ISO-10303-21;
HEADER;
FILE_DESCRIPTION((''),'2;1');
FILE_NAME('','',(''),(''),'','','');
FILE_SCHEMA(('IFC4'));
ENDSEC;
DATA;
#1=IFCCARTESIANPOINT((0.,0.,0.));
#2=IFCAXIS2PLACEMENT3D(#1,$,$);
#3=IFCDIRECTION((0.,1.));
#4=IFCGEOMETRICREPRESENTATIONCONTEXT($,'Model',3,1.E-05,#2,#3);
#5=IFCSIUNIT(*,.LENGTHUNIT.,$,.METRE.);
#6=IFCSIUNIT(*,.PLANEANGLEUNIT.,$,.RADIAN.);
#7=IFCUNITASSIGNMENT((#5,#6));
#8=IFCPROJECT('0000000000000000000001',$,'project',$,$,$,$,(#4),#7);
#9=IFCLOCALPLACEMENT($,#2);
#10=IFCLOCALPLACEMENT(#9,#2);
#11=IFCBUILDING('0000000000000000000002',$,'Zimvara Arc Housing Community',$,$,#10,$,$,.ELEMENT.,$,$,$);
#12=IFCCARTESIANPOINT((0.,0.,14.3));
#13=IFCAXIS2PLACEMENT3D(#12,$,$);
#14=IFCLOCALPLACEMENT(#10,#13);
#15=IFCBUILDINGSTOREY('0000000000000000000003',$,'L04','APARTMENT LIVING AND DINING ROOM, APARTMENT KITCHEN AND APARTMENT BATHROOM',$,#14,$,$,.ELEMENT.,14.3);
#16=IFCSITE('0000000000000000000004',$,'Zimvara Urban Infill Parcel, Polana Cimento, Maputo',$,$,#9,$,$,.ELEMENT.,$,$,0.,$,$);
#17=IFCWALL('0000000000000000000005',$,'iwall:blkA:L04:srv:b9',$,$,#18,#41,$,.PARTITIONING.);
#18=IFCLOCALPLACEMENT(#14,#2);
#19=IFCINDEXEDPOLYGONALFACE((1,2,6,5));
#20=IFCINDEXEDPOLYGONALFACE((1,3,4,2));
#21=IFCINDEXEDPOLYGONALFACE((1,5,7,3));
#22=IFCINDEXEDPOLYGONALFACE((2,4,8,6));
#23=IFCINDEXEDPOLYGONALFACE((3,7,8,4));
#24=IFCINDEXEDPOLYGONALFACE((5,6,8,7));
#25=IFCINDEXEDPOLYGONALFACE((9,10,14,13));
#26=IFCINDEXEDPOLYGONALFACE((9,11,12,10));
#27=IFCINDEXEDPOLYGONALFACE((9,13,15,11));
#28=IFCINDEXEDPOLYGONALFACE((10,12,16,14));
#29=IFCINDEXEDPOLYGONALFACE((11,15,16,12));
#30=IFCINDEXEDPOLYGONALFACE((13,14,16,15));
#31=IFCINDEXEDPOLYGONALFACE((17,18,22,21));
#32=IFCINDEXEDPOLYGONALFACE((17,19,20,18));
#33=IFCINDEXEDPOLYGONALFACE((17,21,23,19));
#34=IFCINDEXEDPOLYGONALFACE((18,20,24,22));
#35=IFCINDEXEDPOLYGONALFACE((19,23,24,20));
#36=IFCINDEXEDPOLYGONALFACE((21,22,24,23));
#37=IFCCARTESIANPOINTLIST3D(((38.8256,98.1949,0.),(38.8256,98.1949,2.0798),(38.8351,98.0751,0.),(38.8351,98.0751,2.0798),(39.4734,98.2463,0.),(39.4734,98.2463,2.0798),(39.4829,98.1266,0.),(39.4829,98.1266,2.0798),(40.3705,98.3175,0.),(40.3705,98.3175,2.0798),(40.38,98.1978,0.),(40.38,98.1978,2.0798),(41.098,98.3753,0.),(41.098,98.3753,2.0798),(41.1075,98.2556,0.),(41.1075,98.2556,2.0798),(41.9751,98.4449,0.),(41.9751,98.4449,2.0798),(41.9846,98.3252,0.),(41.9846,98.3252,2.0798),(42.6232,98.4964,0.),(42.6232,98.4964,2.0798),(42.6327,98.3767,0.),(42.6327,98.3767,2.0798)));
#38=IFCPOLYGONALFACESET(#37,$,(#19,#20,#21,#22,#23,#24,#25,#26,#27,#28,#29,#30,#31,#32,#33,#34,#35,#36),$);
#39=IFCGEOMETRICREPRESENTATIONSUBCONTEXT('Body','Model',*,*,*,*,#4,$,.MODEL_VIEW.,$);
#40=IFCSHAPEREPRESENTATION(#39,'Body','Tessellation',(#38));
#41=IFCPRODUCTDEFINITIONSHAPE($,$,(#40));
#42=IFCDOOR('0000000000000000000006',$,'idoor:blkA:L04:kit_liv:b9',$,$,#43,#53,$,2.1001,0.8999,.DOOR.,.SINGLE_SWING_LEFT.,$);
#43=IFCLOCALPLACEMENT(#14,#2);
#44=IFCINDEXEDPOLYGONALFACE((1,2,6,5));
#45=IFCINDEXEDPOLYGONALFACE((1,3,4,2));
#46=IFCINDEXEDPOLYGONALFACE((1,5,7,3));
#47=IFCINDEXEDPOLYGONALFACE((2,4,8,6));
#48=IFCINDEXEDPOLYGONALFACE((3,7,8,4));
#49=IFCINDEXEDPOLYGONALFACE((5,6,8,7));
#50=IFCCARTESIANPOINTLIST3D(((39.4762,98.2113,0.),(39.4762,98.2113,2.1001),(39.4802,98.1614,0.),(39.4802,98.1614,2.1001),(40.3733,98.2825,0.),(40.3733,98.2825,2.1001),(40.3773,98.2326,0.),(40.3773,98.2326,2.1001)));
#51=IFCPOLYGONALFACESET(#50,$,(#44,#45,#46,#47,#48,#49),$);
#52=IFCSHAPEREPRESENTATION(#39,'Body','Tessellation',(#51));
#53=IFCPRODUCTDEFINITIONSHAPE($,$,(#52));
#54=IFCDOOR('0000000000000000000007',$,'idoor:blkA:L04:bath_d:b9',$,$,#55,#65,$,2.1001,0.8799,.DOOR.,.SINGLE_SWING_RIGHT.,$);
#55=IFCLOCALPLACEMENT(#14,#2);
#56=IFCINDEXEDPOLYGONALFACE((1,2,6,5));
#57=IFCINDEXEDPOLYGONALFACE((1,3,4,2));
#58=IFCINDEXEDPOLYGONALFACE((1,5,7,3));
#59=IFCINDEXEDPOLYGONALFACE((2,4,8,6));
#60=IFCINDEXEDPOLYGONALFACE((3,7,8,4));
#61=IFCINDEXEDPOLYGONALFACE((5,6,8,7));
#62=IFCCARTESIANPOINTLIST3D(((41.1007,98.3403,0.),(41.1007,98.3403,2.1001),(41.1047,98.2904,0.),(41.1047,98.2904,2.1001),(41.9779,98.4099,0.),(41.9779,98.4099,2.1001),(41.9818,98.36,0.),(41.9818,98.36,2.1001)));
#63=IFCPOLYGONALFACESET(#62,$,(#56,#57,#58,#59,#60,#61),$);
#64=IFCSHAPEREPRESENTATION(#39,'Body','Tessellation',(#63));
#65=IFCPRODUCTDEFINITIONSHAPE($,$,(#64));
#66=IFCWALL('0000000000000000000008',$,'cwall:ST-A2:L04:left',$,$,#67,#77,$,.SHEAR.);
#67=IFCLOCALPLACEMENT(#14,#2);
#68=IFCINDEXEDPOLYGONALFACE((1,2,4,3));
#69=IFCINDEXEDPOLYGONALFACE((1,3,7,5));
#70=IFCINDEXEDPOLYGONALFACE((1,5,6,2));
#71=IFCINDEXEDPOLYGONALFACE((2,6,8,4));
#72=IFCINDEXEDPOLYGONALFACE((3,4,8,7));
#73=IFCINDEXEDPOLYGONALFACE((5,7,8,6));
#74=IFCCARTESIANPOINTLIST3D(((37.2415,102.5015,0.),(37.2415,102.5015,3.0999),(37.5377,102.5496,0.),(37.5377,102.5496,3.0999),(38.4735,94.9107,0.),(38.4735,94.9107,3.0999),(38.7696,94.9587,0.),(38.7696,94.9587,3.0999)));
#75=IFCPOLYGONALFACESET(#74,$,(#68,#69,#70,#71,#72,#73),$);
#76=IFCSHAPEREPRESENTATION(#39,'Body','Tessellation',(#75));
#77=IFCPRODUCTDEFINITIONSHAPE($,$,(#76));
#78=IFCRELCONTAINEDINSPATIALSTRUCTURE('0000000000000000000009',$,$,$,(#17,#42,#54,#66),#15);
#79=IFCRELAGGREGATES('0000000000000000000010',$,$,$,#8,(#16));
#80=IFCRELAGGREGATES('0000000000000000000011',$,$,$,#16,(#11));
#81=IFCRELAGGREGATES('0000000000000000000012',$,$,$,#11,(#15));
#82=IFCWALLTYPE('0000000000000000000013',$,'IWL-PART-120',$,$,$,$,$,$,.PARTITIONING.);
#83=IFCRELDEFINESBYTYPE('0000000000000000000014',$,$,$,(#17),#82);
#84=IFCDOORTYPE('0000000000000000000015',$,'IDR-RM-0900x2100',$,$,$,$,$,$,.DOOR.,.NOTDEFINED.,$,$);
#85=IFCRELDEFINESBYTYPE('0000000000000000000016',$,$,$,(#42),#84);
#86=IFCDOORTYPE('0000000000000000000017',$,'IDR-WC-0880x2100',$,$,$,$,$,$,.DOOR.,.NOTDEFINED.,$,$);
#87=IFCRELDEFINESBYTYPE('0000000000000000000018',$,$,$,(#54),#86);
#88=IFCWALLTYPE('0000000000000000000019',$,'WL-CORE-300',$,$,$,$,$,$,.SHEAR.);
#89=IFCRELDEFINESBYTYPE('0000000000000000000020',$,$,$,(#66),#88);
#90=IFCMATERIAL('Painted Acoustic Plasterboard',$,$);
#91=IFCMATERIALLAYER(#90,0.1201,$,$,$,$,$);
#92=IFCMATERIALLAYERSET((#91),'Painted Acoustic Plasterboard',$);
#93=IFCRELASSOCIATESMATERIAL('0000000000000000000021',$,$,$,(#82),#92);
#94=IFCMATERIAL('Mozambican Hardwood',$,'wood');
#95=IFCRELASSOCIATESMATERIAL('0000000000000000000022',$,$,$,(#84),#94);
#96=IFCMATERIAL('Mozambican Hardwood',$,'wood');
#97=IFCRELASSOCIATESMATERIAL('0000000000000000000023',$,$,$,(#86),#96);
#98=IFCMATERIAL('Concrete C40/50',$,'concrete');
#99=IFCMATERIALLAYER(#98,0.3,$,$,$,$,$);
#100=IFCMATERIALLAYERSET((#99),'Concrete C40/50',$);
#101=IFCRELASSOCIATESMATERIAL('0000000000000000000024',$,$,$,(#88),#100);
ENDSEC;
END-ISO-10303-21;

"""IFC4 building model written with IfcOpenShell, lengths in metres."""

from ifc_helpers import new_model, si_unit, direction, frame, frame_2d, origin, place, context, subcontext, project, spatial, rectangle, extrude, material, layer, layer_set, type_object, element, fill, save


model = new_model("IFC4")

# Units and contexts
model_context = context("Model", 3, precision=1e-05, world=origin(), true_north=direction((0.0, 1.0)))
body_context = subcontext(model_context, "Body", "Model", "MODEL_VIEW")
ifc_project = project(units=[si_unit("LENGTHUNIT", "METRE"), si_unit("PLANEANGLEUNIT", "RADIAN")], contexts=[model_context])

# Site, building, storey
site_placement = place(None, origin())
site = spatial("IfcSite", under=ifc_project, at=site_placement, Name="Zimvara Urban Infill Parcel, Polana Cimento, Maputo", CompositionType="ELEMENT", RefElevation=0.0)
building_placement = place(site_placement, origin())
building = spatial("IfcBuilding", under=site, at=building_placement, Name="Zimvara Arc Housing Community", CompositionType="ELEMENT")
storey_placement = place(building_placement, frame((0.0, 0.0, 14.3)))
storey = spatial("IfcBuildingStorey", under=building, at=storey_placement, Name="L04", Description="APARTMENT LIVING AND DINING ROOM, APARTMENT KITCHEN AND APARTMENT BATHROOM", CompositionType="ELEMENT", Elevation=14.3)

# Wall, openings, doors
ifc_material_1 = material(Name="Painted Acoustic Plasterboard")
ifc_layer_1 = layer(ifc_material_1, 0.1201)
ifc_layer_set_1 = layer_set([ifc_layer_1], Name="Painted Acoustic Plasterboard")
wall_type_1 = type_object("IfcWallType", Name="IWL-PART-120", PredefinedType="PARTITIONING", material=ifc_layer_set_1)
wall_1_placement = place(storey_placement, frame((38.8303, 98.135, 0.0), z_axis=(0.0, 0.0, 1.0), x_axis=(0.996863, 0.079147, 0.0)))
wall_1 = element("IfcWall", 1, at=wall_1_placement, inside=storey, type_object=wall_type_1, Name="iwall:blkA:L04:srv:b9", PredefinedType="PARTITIONING", context=body_context, shape_type="SweptSolid", body=[
    extrude(rectangle(XDim=3.8096, YDim=0.1201, at=frame_2d((1.9048, 0.0))), origin(), (0.0, 0.0, 1.0), 2.0798),
])
opening_1_placement = place(wall_1_placement, frame((0.6499, 0.0, 0.0)))
opening_1 = element("IfcOpeningElement", 2, at=opening_1_placement, cuts=wall_1, PredefinedType="OPENING", context=body_context, shape_type="SweptSolid", body=[
    extrude(rectangle(XDim=0.8999, YDim=2.1001, at=frame_2d((0.45, 1.05))), frame((0.0, 0.0701, 0.0), z_axis=(0.0, -1.0, 0.0), x_axis=(1.0, 0.0, 0.0)), (0.0, 0.0, 1.0), 0.1401),
])
opening_2_placement = place(wall_1_placement, frame((2.2795, 0.0, 0.0)))
opening_2 = element("IfcOpeningElement", 3, at=opening_2_placement, cuts=wall_1, PredefinedType="OPENING", context=body_context, shape_type="SweptSolid", body=[
    extrude(rectangle(XDim=0.8799, YDim=2.1001, at=frame_2d((0.4399, 1.05))), frame((0.0, 0.0701, 0.0), z_axis=(0.0, -1.0, 0.0), x_axis=(1.0, 0.0, 0.0)), (0.0, 0.0, 1.0), 0.1401),
])
ifc_material_2 = material(Name="Mozambican Hardwood", Category="wood")
door_type_1 = type_object("IfcDoorType", Name="IDR-RM-0900x2100", OperationType="NOTDEFINED", PredefinedType="DOOR", material=ifc_material_2)
door_1_placement = place(opening_1_placement, origin())
door_1 = element("IfcDoor", 4, at=door_1_placement, inside=storey, type_object=door_type_1, Name="idoor:blkA:L04:kit_liv:b9", OperationType="SINGLE_SWING_LEFT", OverallHeight=2.1001, OverallWidth=0.8999, PredefinedType="DOOR", context=body_context, shape_type="SweptSolid", body=[
    extrude(rectangle(XDim=0.8999, YDim=2.1001, at=frame_2d((0.45, 1.05))), frame((0.0, 0.0249, 0.0), z_axis=(0.0, -1.0, 0.0), x_axis=(1.0, 0.0, 0.0)), (0.0, 0.0, 1.0), 0.05),
])
fill(opening_1, door_1)
ifc_material_3 = material(Name="Mozambican Hardwood", Category="wood")
door_type_2 = type_object("IfcDoorType", Name="IDR-WC-0880x2100", OperationType="NOTDEFINED", PredefinedType="DOOR", material=ifc_material_3)
door_2_placement = place(opening_2_placement, origin())
door_2 = element("IfcDoor", 5, at=door_2_placement, inside=storey, type_object=door_type_2, Name="idoor:blkA:L04:bath_d:b9", OperationType="SINGLE_SWING_RIGHT", OverallHeight=2.1001, OverallWidth=0.8799, PredefinedType="DOOR", context=body_context, shape_type="SweptSolid", body=[
    extrude(rectangle(XDim=0.8799, YDim=2.1001, at=frame_2d((0.4399, 1.05))), frame((0.0, 0.0249, 0.0), z_axis=(0.0, -1.0, 0.0), x_axis=(1.0, 0.0, 0.0)), (0.0, 0.0, 1.0), 0.05),
])
fill(opening_2, door_2)

# Shared definitions
ifc_material_4 = material(Name="Concrete C40/50", Category="concrete")
ifc_layer_2 = layer(ifc_material_4, 0.3)
ifc_layer_set_2 = layer_set([ifc_layer_2], Name="Concrete C40/50")
wall_type_2 = type_object("IfcWallType", Name="WL-CORE-300", PredefinedType="SHEAR", material=ifc_layer_set_2)

# Wall
wall_2_placement = place(storey_placement, frame((38.6216, 94.9346, 0.0), z_axis=(0.0, 0.0, 1.0), x_axis=(-0.160197, 0.987085, 0.0)))
element("IfcWall", 6, at=wall_2_placement, inside=storey, type_object=wall_type_2, Name="cwall:ST-A2:L04:left", PredefinedType="SHEAR", context=body_context, shape_type="SweptSolid", body=[
    extrude(rectangle(XDim=7.6902, YDim=0.3, at=frame_2d((3.8452, 0.0))), origin(), (0.0, 0.0, 1.0), 3.0999),
])

save(model, "model.ifc")
